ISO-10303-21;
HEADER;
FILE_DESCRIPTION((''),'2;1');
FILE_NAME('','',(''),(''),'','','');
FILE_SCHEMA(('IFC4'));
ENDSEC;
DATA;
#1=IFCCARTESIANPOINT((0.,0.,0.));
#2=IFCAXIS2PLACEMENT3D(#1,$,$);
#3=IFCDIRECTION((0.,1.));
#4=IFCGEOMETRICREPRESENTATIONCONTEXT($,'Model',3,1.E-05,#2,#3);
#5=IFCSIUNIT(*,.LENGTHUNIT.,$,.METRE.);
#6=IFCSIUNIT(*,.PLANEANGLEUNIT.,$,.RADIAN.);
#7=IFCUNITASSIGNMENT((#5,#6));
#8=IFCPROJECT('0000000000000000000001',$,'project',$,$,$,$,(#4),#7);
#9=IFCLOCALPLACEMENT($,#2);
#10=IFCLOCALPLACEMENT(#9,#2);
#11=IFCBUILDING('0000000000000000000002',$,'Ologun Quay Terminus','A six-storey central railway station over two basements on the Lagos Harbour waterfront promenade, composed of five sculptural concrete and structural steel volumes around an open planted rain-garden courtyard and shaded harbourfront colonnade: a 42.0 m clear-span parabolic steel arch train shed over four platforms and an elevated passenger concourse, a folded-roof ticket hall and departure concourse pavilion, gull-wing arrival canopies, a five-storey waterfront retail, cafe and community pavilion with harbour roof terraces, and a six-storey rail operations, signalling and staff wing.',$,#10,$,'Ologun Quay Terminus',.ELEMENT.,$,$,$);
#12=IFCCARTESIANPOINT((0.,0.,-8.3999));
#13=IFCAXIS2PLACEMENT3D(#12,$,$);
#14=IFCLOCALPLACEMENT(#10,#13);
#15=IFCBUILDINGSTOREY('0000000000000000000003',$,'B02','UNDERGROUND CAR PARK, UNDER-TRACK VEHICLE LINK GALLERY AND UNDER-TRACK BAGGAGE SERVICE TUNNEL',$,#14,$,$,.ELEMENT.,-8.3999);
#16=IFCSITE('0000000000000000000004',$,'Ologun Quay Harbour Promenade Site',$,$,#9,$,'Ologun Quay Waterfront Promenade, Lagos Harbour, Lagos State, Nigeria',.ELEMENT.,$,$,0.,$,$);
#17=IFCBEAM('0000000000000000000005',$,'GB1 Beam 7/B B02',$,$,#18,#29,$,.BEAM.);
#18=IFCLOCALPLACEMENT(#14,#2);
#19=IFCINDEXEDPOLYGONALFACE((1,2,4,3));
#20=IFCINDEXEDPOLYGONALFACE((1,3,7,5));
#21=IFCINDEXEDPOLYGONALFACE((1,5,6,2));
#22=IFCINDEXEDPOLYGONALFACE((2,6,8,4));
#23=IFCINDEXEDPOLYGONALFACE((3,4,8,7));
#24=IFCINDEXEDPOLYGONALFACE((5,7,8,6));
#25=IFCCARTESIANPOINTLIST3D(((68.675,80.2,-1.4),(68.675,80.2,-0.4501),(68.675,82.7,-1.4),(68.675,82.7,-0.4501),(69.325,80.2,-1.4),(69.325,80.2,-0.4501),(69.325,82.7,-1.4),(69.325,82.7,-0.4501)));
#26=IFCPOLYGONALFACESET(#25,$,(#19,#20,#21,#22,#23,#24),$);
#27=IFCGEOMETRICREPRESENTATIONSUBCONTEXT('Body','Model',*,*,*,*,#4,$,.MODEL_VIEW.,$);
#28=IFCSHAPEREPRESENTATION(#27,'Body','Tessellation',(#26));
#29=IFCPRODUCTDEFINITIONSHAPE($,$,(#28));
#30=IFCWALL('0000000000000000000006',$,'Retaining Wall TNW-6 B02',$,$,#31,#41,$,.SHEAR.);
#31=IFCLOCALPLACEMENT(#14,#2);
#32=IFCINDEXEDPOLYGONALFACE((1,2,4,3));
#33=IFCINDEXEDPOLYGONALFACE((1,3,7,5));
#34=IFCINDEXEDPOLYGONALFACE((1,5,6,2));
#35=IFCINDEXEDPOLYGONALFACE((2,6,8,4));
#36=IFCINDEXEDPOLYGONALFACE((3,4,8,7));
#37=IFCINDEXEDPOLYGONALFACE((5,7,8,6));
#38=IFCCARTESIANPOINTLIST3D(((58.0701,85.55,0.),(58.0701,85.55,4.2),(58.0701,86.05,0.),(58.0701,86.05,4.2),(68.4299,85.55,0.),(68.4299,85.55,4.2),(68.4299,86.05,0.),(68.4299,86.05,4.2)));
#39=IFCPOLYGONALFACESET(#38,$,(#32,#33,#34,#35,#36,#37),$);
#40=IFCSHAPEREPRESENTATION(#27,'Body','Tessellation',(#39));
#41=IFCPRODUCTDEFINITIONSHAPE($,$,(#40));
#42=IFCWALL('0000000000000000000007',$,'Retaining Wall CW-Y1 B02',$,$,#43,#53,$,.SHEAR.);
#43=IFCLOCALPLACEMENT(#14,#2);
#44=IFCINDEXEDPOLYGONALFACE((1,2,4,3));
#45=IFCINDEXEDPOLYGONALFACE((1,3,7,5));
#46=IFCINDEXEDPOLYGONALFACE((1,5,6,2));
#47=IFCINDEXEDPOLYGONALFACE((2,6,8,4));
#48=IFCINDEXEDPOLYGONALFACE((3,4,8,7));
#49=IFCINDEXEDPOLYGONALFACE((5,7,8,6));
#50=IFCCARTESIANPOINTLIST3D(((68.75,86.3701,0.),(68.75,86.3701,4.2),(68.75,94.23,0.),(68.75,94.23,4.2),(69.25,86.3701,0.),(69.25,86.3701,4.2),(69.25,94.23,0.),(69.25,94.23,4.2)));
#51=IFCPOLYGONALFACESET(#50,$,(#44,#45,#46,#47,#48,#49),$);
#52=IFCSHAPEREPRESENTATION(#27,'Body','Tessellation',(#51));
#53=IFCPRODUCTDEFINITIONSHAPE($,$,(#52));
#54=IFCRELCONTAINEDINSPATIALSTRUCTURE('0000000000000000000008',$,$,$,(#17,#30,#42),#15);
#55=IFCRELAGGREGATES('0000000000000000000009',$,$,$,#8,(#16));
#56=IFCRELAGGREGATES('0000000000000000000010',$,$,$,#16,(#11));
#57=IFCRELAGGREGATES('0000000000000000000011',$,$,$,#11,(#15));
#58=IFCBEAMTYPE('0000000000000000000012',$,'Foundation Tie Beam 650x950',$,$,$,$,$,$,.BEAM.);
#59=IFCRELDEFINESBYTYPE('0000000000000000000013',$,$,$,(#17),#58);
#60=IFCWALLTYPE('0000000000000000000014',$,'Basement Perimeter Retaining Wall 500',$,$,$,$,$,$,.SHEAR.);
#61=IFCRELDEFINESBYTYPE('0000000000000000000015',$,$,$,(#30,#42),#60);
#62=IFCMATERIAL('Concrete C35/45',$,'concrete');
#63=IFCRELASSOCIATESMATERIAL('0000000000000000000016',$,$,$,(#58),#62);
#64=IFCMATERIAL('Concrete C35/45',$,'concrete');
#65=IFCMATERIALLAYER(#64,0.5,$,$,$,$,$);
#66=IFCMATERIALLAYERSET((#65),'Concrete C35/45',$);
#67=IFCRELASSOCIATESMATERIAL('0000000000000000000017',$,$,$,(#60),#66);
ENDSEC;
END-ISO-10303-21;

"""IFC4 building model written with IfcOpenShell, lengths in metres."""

from ifc_helpers import new_model, si_unit, direction, frame, frame_2d, origin, origin_2d, place, context, subcontext, project, spatial, rectangle, extrude, material, layer, layer_set, material_profile, profile_set, type_object, element, save


model = new_model("IFC4")

# Units and contexts
model_context = context("Model", 3, precision=1e-05, world=origin(), true_north=direction((0.0, 1.0)))
body_context = subcontext(model_context, "Body", "Model", "MODEL_VIEW")
ifc_project = project(units=[si_unit("LENGTHUNIT", "METRE"), si_unit("PLANEANGLEUNIT", "RADIAN")], contexts=[model_context])

# Site, building, storey
site_placement = place(None, origin())
site = spatial("IfcSite", under=ifc_project, at=site_placement, Name="Ologun Quay Harbour Promenade Site", LongName="Ologun Quay Waterfront Promenade, Lagos Harbour, Lagos State, Nigeria", CompositionType="ELEMENT", RefElevation=0.0)
building_placement = place(site_placement, origin())
building = spatial("IfcBuilding", under=site, at=building_placement, Name="Ologun Quay Terminus", Description="A six-storey central railway station over two basements on the Lagos Harbour waterfront promenade, composed of five sculptural concrete and structural steel volumes around an open planted rain-garden courtyard and shaded harbourfront colonnade: a 42.0 m clear-span parabolic steel arch train shed over four platforms and an elevated passenger concourse, a folded-roof ticket hall and departure concourse pavilion, gull-wing arrival canopies, a five-storey waterfront retail, cafe and community pavilion with harbour roof terraces, and a six-storey rail operations, signalling and staff wing.", LongName="Ologun Quay Terminus", CompositionType="ELEMENT")
storey_placement = place(building_placement, frame((0.0, 0.0, -8.3999)))
storey = spatial("IfcBuildingStorey", under=building, at=storey_placement, Name="B02", Description="UNDERGROUND CAR PARK, UNDER-TRACK VEHICLE LINK GALLERY AND UNDER-TRACK BAGGAGE SERVICE TUNNEL", CompositionType="ELEMENT", Elevation=-8.3999)

# Beam
ifc_material_1 = material(Name="Concrete C35/45", Category="concrete")
ifc_material_profile_1 = material_profile(ifc_material_1, rectangle(XDim=0.6499, YDim=0.95, at=origin_2d()), Name="RC 650x950")
ifc_profile_set_1 = profile_set([ifc_material_profile_1], Name="Concrete C35/45")
beam_type_1 = type_object("IfcBeamType", Name="Foundation Tie Beam 650x950", PredefinedType="BEAM", material=ifc_profile_set_1)
beam_1_placement = place(storey_placement, frame((69.0, 80.2, -0.925), z_axis=(0.0, 1.0, 0.0), x_axis=(-1.0, 0.0, 0.0)))
element("IfcBeam", 1, at=beam_1_placement, inside=storey, type_object=beam_type_1, Name="GB1 Beam 7/B B02", PredefinedType="BEAM", context=body_context, shape_type="SweptSolid", body=[
    extrude(rectangle(XDim=0.6499, YDim=0.95, at=origin_2d()), origin(), (0.0, 0.0, 1.0), 2.5),
])

# Walls
ifc_material_2 = material(Name="Concrete C35/45", Category="concrete")
ifc_layer = layer(ifc_material_2, 0.5)
ifc_layer_set = layer_set([ifc_layer], Name="Concrete C35/45")
wall_type = type_object("IfcWallType", Name="Basement Perimeter Retaining Wall 500", PredefinedType="SHEAR", material=ifc_layer_set)
wall_1_placement = place(storey_placement, frame((58.0701, 85.8, 0.0), z_axis=(0.0, 0.0, 1.0), x_axis=(1.0, 0.0, 0.0)))
element("IfcWall", 2, at=wall_1_placement, inside=storey, type_object=wall_type, Name="Retaining Wall TNW-6 B02", PredefinedType="SHEAR", context=body_context, shape_type="SweptSolid", body=[
    extrude(rectangle(XDim=10.3599, YDim=0.5, at=frame_2d((5.1799, 0.0))), origin(), (0.0, 0.0, 1.0), 4.2),
])
wall_2_placement = place(storey_placement, frame((69.0, 86.3701, 0.0), z_axis=(0.0, 0.0, 1.0), x_axis=(0.0, 1.0, 0.0)))
element("IfcWall", 3, at=wall_2_placement, inside=storey, type_object=wall_type, Name="Retaining Wall CW-Y1 B02", PredefinedType="SHEAR", context=body_context, shape_type="SweptSolid", body=[
    extrude(rectangle(XDim=7.8599, YDim=0.5, at=frame_2d((3.9299, 0.0))), origin(), (0.0, 0.0, 1.0), 4.2),
])

save(model, "model.ifc")
